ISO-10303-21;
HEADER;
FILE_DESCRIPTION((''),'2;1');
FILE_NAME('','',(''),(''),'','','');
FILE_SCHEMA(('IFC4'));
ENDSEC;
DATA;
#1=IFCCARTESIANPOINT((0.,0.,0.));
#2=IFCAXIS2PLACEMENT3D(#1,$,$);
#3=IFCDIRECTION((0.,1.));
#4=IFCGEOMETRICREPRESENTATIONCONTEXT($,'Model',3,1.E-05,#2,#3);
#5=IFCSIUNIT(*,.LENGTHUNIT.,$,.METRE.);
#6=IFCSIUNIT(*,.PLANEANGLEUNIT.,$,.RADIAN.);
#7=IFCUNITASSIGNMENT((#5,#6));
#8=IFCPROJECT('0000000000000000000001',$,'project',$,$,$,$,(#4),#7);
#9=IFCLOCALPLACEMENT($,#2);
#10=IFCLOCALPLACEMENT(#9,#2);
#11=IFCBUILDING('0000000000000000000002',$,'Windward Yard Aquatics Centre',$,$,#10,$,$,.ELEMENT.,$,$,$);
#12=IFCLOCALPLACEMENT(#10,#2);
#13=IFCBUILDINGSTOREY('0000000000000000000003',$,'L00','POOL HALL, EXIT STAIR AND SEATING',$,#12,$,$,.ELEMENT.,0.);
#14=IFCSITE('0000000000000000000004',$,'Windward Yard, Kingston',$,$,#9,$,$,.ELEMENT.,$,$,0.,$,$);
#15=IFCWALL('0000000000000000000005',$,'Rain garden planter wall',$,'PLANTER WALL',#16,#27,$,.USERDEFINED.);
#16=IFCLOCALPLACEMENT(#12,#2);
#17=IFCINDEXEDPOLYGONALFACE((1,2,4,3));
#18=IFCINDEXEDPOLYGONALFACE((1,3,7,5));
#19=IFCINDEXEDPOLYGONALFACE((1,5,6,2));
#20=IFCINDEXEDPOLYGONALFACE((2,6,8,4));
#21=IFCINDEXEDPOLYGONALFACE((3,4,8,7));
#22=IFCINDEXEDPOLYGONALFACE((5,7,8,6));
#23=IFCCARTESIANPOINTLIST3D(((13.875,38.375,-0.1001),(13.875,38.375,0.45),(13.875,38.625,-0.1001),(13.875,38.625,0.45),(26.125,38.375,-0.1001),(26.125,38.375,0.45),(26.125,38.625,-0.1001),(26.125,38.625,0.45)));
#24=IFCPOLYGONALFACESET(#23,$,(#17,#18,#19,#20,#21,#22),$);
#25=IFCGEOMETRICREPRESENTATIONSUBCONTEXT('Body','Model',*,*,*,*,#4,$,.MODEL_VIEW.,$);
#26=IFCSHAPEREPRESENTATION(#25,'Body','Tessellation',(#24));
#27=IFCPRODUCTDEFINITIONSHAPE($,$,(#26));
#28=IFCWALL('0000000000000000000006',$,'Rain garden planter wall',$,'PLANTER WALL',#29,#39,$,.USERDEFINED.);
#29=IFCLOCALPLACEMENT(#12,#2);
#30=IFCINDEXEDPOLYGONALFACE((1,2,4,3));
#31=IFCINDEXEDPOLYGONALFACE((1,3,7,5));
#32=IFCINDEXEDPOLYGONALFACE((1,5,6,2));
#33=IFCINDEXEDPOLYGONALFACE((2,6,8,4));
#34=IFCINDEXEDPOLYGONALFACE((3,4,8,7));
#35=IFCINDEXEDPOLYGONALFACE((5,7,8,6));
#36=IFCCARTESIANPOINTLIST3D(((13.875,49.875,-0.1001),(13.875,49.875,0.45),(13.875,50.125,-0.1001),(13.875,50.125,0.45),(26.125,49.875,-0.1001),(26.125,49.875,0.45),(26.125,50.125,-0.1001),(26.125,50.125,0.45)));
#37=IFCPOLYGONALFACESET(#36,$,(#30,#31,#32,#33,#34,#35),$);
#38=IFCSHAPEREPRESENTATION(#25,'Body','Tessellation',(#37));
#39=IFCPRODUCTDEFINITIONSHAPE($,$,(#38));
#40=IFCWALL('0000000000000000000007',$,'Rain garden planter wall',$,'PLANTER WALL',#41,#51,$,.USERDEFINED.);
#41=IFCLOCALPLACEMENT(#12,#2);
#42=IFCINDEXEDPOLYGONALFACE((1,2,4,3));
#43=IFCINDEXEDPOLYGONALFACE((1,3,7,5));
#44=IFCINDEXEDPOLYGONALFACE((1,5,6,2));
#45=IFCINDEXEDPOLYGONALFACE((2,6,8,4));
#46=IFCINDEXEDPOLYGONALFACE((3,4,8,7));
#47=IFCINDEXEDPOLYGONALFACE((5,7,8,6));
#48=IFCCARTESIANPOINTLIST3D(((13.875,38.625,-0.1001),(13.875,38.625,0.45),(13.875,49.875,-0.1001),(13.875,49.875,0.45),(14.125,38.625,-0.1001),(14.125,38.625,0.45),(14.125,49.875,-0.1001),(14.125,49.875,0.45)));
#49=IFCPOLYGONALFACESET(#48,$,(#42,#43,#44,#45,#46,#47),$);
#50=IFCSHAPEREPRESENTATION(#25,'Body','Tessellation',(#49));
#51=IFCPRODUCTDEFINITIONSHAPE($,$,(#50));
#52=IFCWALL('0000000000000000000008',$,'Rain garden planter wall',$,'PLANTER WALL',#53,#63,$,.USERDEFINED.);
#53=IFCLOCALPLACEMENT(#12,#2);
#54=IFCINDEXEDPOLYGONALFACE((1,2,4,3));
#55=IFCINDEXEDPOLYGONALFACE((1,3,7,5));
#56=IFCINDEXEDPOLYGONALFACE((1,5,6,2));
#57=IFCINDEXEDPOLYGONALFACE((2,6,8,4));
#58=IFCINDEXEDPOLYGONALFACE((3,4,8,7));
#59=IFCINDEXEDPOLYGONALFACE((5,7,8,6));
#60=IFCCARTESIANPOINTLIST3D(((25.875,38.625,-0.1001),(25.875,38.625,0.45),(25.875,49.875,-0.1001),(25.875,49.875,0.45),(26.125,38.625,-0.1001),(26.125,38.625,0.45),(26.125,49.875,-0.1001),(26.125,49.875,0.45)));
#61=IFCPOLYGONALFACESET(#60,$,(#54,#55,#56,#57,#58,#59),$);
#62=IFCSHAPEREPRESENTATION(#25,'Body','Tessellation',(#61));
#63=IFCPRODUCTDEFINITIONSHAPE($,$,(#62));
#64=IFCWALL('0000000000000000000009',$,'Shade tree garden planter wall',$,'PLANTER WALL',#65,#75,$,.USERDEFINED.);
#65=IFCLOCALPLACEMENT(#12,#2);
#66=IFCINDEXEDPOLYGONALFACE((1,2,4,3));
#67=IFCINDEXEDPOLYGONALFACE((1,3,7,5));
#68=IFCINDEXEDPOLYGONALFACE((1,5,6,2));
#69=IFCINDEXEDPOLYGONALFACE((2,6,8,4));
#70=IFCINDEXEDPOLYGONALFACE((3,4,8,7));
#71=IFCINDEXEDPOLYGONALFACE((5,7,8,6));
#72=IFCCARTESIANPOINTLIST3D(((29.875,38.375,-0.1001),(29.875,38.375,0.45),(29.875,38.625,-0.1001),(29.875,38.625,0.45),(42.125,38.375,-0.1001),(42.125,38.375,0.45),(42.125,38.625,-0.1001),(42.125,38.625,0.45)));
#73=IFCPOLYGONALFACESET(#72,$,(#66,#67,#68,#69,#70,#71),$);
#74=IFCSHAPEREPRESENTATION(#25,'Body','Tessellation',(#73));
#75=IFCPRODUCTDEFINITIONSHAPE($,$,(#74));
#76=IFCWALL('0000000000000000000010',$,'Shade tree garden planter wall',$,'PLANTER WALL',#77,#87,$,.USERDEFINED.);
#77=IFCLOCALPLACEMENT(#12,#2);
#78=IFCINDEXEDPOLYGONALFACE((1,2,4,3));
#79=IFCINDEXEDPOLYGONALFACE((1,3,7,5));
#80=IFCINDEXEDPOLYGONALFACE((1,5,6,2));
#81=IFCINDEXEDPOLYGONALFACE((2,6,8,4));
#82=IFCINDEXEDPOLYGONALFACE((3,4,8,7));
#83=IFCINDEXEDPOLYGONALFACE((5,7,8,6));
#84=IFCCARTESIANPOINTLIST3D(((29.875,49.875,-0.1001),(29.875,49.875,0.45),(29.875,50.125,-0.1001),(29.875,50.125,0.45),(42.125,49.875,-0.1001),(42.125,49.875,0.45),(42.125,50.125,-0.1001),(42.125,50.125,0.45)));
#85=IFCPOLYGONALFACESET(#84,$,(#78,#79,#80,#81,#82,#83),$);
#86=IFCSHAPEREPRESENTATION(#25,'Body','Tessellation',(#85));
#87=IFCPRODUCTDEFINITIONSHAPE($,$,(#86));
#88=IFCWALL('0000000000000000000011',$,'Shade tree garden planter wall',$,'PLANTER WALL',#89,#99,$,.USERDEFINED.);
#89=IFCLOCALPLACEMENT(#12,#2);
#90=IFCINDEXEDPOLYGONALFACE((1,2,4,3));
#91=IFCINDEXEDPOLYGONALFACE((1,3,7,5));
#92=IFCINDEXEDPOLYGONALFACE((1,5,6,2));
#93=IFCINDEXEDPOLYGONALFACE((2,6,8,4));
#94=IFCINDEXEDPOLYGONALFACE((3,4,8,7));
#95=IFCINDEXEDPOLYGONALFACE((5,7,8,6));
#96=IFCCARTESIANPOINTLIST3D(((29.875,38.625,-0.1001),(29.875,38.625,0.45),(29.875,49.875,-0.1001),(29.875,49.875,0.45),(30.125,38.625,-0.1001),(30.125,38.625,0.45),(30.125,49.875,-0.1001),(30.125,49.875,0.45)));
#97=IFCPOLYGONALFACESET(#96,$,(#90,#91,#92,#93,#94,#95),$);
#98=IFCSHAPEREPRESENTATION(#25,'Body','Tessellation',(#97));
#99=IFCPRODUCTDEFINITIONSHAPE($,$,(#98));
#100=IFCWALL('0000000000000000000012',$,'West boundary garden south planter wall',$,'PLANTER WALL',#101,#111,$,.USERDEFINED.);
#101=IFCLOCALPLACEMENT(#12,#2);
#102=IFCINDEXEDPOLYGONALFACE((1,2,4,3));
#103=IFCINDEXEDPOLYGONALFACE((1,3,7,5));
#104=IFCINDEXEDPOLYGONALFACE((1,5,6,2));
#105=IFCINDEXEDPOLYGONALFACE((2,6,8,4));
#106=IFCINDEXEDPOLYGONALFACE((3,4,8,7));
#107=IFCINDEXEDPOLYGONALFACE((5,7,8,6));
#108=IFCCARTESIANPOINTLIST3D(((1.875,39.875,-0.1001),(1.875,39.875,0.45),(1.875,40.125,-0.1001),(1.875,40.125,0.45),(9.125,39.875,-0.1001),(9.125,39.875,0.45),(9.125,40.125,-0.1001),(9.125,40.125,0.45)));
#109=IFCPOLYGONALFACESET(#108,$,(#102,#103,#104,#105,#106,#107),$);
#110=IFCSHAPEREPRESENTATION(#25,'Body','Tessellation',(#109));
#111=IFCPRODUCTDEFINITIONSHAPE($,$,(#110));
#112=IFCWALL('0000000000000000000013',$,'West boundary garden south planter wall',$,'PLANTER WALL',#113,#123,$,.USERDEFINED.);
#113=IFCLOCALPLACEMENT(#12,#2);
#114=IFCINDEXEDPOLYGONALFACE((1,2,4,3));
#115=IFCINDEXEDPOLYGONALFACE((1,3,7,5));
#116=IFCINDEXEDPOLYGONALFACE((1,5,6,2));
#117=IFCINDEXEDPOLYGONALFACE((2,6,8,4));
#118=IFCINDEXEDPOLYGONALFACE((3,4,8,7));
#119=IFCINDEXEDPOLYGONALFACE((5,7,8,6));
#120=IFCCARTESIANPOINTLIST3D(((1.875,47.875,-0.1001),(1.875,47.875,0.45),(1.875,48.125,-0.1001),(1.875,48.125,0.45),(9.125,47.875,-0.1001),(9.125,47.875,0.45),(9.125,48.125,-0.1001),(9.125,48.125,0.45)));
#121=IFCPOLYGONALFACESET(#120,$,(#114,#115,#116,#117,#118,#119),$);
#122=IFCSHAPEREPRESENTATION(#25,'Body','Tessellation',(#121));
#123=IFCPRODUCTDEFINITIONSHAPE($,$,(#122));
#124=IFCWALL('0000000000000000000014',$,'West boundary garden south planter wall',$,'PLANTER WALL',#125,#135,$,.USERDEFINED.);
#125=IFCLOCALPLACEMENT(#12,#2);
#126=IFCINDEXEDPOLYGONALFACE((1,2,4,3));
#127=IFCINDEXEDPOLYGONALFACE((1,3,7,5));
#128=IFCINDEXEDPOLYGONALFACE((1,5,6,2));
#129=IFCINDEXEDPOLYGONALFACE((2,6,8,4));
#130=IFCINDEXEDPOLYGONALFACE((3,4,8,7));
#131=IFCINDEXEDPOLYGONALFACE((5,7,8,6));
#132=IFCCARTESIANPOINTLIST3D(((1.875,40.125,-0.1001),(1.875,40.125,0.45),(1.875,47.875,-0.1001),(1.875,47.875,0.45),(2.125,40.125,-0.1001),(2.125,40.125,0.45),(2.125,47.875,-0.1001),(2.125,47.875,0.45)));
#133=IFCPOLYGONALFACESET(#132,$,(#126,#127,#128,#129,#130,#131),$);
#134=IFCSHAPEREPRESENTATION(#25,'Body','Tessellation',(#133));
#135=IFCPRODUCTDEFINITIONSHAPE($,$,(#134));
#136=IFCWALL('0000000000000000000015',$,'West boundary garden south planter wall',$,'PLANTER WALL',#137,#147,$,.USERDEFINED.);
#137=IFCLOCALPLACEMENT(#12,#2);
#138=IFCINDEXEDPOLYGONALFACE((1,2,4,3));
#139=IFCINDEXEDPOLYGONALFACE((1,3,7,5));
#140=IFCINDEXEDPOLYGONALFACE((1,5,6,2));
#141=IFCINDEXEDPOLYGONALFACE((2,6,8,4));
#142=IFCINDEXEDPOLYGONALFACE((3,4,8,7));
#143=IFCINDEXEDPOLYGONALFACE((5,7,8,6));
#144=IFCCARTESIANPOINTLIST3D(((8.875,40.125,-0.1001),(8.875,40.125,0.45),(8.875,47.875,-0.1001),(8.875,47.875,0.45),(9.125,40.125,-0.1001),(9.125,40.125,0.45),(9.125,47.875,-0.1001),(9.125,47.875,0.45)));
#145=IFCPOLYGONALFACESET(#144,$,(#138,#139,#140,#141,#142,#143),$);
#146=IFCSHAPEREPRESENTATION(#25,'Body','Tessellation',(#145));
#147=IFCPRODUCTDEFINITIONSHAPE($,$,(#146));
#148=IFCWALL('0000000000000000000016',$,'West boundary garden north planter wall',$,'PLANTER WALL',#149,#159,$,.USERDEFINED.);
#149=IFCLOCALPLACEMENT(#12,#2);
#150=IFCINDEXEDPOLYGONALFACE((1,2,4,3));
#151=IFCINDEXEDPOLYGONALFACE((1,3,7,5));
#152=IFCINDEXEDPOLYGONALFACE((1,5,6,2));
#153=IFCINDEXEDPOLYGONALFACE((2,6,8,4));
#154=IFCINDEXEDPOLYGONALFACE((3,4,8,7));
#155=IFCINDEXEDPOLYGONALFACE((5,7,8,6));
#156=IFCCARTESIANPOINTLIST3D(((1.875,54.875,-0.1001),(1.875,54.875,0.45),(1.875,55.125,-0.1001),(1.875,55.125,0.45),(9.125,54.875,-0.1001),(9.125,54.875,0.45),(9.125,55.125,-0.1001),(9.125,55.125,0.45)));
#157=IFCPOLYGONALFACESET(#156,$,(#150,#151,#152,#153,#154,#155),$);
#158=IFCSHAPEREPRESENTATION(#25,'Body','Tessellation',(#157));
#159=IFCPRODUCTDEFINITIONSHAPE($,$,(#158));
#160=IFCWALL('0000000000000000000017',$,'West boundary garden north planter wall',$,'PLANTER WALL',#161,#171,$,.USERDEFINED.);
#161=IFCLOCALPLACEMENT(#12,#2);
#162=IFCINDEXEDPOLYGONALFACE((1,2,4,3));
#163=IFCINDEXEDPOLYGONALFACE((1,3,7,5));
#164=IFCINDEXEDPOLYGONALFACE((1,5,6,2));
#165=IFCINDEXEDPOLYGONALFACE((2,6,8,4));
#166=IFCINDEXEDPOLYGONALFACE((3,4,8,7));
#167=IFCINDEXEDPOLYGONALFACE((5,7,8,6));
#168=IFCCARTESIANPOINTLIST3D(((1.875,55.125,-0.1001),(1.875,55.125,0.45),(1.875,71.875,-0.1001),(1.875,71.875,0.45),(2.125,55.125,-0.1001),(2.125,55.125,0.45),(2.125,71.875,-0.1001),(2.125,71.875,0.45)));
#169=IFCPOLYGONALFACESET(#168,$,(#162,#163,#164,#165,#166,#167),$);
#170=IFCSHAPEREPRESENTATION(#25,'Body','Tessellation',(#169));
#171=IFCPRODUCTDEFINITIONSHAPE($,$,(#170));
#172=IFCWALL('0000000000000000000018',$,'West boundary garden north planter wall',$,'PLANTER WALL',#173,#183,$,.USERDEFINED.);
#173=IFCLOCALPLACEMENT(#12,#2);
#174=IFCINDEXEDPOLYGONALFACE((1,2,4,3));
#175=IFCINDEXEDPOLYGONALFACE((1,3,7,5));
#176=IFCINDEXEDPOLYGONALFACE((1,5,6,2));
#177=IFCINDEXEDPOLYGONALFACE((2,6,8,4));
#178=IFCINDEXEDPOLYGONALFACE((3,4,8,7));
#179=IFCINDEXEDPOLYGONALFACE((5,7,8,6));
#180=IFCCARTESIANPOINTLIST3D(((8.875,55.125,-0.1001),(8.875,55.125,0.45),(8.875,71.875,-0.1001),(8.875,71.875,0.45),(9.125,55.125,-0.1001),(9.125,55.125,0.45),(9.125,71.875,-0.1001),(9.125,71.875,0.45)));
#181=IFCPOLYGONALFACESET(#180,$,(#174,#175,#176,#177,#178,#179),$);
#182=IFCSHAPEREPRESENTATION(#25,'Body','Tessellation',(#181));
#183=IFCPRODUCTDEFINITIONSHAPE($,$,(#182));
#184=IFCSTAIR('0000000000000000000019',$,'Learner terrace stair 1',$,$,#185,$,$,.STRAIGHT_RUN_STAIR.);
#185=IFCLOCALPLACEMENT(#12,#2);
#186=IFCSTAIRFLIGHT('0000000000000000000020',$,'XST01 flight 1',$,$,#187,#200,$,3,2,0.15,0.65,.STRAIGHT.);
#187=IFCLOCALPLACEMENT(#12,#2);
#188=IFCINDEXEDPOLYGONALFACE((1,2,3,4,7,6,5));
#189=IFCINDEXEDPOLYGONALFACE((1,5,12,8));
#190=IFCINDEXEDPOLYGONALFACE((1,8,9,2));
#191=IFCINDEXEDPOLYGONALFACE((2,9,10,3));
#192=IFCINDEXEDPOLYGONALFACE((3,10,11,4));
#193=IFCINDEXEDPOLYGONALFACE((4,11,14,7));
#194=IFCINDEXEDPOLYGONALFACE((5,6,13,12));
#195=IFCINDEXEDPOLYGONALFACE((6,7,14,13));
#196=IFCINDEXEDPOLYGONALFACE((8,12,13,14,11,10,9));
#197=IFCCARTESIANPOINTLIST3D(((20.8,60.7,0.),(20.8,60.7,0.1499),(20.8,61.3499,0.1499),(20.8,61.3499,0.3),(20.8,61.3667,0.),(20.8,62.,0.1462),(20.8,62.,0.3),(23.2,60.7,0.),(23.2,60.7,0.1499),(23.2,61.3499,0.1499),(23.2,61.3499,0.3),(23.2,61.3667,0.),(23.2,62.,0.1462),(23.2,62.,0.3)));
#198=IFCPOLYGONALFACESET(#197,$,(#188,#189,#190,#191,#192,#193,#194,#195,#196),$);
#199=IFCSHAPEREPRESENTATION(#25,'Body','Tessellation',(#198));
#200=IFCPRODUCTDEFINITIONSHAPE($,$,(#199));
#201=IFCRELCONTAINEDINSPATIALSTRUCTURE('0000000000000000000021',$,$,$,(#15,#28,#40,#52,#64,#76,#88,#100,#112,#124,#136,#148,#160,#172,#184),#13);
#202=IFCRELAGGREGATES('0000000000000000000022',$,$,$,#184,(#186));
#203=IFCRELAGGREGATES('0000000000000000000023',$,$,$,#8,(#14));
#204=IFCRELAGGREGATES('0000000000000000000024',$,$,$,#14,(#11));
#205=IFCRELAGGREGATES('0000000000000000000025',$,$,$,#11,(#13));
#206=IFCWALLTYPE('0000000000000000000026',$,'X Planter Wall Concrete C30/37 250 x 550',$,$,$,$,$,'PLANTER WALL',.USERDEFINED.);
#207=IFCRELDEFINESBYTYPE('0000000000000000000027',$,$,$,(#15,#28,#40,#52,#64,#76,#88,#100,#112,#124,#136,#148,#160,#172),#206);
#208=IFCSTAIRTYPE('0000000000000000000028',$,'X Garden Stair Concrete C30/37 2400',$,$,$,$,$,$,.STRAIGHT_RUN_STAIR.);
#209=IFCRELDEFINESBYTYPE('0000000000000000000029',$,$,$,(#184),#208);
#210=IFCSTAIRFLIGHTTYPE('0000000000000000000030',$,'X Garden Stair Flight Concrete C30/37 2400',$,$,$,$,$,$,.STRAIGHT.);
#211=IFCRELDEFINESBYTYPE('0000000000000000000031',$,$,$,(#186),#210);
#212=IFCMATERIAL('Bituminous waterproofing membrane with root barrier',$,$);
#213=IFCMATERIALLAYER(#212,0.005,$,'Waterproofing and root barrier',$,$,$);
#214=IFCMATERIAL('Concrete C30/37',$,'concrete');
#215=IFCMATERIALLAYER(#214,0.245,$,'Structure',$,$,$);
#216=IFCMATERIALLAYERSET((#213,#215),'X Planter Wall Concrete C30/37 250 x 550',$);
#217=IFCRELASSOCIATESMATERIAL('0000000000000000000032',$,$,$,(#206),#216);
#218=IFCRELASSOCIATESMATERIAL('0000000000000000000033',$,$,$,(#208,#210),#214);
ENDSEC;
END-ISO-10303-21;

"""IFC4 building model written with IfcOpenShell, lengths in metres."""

from ifc_helpers import new_model, si_unit, direction, frame, frame_2d, origin, place, context, subcontext, project, spatial, polyline, rectangle, outline, extrude, material, layer, layer_set, type_object, element, aggregate, save


model = new_model("IFC4")

# Units and contexts
model_context = context("Model", 3, precision=1e-05, world=origin(), true_north=direction((0.0, 1.0)))
body_context = subcontext(model_context, "Body", "Model", "MODEL_VIEW")
ifc_project = project(units=[si_unit("LENGTHUNIT", "METRE"), si_unit("PLANEANGLEUNIT", "RADIAN")], contexts=[model_context])

# Site, building, storey
site_placement = place(None, origin())
site = spatial("IfcSite", under=ifc_project, at=site_placement, Name="Windward Yard, Kingston", CompositionType="ELEMENT", RefElevation=0.0)
building_placement = place(site_placement, origin())
building = spatial("IfcBuilding", under=site, at=building_placement, Name="Windward Yard Aquatics Centre", CompositionType="ELEMENT")
storey_placement = place(building_placement, origin())
storey = spatial("IfcBuildingStorey", under=building, at=storey_placement, Name="L00", Description="POOL HALL, EXIT STAIR AND SEATING", CompositionType="ELEMENT", Elevation=0.0)

# Shared definitions
ifc_material_1 = material(Name="Concrete C30/37", Category="concrete")

# Walls
ifc_material_2 = material(Name="Bituminous waterproofing membrane with root barrier")
ifc_layer_1 = layer(ifc_material_2, 0.005, Name="Waterproofing and root barrier")
ifc_layer_2 = layer(ifc_material_1, 0.245, Name="Structure")
ifc_layer_set_1 = layer_set([ifc_layer_1, ifc_layer_2], Name="X Planter Wall Concrete C30/37 250 x 550")
wall_type_1 = type_object("IfcWallType", Name="X Planter Wall Concrete C30/37 250 x 550", ElementType="PLANTER WALL", PredefinedType="USERDEFINED", material=ifc_layer_set_1)
for number, where, z_axis, x_axis, name in (
    (1, (13.875, 38.5, -0.1001), (0.0, 0.0, 1.0), (1.0, 0.0, 0.0), "Rain garden planter wall"),
    (2, (13.875, 50.0, -0.1001), (0.0, 0.0, 1.0), (1.0, 0.0, 0.0), "Rain garden planter wall"),
):
    element("IfcWall", number, at=place(storey_placement, frame(where, z_axis=z_axis, x_axis=x_axis)), inside=storey, type_object=wall_type_1, Name=name, ObjectType="PLANTER WALL", PredefinedType="USERDEFINED", context=body_context, shape_type="SweptSolid", body=[
        extrude(rectangle(XDim=12.25, YDim=0.25, at=frame_2d((6.125, 0.0))), origin(), (0.0, 0.0, 1.0), 0.55),
    ])
for number, where, z_axis, x_axis, name in (
    (3, (14.0, 38.625, -0.1001), (0.0, 0.0, 1.0), (0.0, 1.0, 0.0), "Rain garden planter wall"),
    (4, (26.0, 38.625, -0.1001), (0.0, 0.0, 1.0), (0.0, 1.0, 0.0), "Rain garden planter wall"),
):
    element("IfcWall", number, at=place(storey_placement, frame(where, z_axis=z_axis, x_axis=x_axis)), inside=storey, type_object=wall_type_1, Name=name, ObjectType="PLANTER WALL", PredefinedType="USERDEFINED", context=body_context, shape_type="SweptSolid", body=[
        extrude(rectangle(XDim=11.25, YDim=0.25, at=frame_2d((5.625, 0.0))), origin(), (0.0, 0.0, 1.0), 0.55),
    ])
for number, where, z_axis, x_axis, name in (
    (5, (29.875, 38.5, -0.1001), (0.0, 0.0, 1.0), (1.0, 0.0, 0.0), "Shade tree garden planter wall"),
    (6, (29.875, 50.0, -0.1001), (0.0, 0.0, 1.0), (1.0, 0.0, 0.0), "Shade tree garden planter wall"),
):
    element("IfcWall", number, at=place(storey_placement, frame(where, z_axis=z_axis, x_axis=x_axis)), inside=storey, type_object=wall_type_1, Name=name, ObjectType="PLANTER WALL", PredefinedType="USERDEFINED", context=body_context, shape_type="SweptSolid", body=[
        extrude(rectangle(XDim=12.25, YDim=0.25, at=frame_2d((6.125, 0.0))), origin(), (0.0, 0.0, 1.0), 0.55),
    ])
wall_1_placement = place(storey_placement, frame((30.0, 38.625, -0.1001), z_axis=(0.0, 0.0, 1.0), x_axis=(0.0, 1.0, 0.0)))
element("IfcWall", 7, at=wall_1_placement, inside=storey, type_object=wall_type_1, Name="Shade tree garden planter wall", ObjectType="PLANTER WALL", PredefinedType="USERDEFINED", context=body_context, shape_type="SweptSolid", body=[
    extrude(rectangle(XDim=11.25, YDim=0.25, at=frame_2d((5.625, 0.0))), origin(), (0.0, 0.0, 1.0), 0.55),
])
for number, where, z_axis, x_axis, name in (
    (8, (1.875, 40.0, -0.1001), (0.0, 0.0, 1.0), (1.0, 0.0, 0.0), "West boundary garden south planter wall"),
    (9, (1.875, 48.0, -0.1001), (0.0, 0.0, 1.0), (1.0, 0.0, 0.0), "West boundary garden south planter wall"),
):
    element("IfcWall", number, at=place(storey_placement, frame(where, z_axis=z_axis, x_axis=x_axis)), inside=storey, type_object=wall_type_1, Name=name, ObjectType="PLANTER WALL", PredefinedType="USERDEFINED", context=body_context, shape_type="SweptSolid", body=[
        extrude(rectangle(XDim=7.25, YDim=0.25, at=frame_2d((3.625, 0.0))), origin(), (0.0, 0.0, 1.0), 0.55),
    ])
for number, where, z_axis, x_axis, name in (
    (10, (2.0, 40.125, -0.1001), (0.0, 0.0, 1.0), (0.0, 1.0, 0.0), "West boundary garden south planter wall"),
    (11, (9.0, 40.125, -0.1001), (0.0, 0.0, 1.0), (0.0, 1.0, 0.0), "West boundary garden south planter wall"),
):
    element("IfcWall", number, at=place(storey_placement, frame(where, z_axis=z_axis, x_axis=x_axis)), inside=storey, type_object=wall_type_1, Name=name, ObjectType="PLANTER WALL", PredefinedType="USERDEFINED", context=body_context, shape_type="SweptSolid", body=[
        extrude(rectangle(XDim=7.75, YDim=0.25, at=frame_2d((3.875, 0.0))), origin(), (0.0, 0.0, 1.0), 0.55),
    ])
wall_2_placement = place(storey_placement, frame((1.875, 55.0, -0.1001), z_axis=(0.0, 0.0, 1.0), x_axis=(1.0, 0.0, 0.0)))
element("IfcWall", 12, at=wall_2_placement, inside=storey, type_object=wall_type_1, Name="West boundary garden north planter wall", ObjectType="PLANTER WALL", PredefinedType="USERDEFINED", context=body_context, shape_type="SweptSolid", body=[
    extrude(rectangle(XDim=7.25, YDim=0.25, at=frame_2d((3.625, 0.0))), origin(), (0.0, 0.0, 1.0), 0.55),
])
for number, where, z_axis, x_axis, name in (
    (13, (2.0, 55.125, -0.1001), (0.0, 0.0, 1.0), (0.0, 1.0, 0.0), "West boundary garden north planter wall"),
    (14, (9.0, 55.125, -0.1001), (0.0, 0.0, 1.0), (0.0, 1.0, 0.0), "West boundary garden north planter wall"),
):
    element("IfcWall", number, at=place(storey_placement, frame(where, z_axis=z_axis, x_axis=x_axis)), inside=storey, type_object=wall_type_1, Name=name, ObjectType="PLANTER WALL", PredefinedType="USERDEFINED", context=body_context, shape_type="SweptSolid", body=[
        extrude(rectangle(XDim=16.75, YDim=0.25, at=frame_2d((8.375, 0.0))), origin(), (0.0, 0.0, 1.0), 0.55),
    ])

# Stair, stair flight
stair_type = type_object("IfcStairType", Name="X Garden Stair Concrete C30/37 2400", PredefinedType="STRAIGHT_RUN_STAIR", material=ifc_material_1)
stair_1_placement = place(storey_placement, origin())
stair_1 = element("IfcStair", 15, at=stair_1_placement, inside=storey, type_object=stair_type, Name="Learner terrace stair 1", PredefinedType="STRAIGHT_RUN_STAIR")
stair_flight_type = type_object("IfcStairFlightType", Name="X Garden Stair Flight Concrete C30/37 2400", PredefinedType="STRAIGHT", material=ifc_material_1)
stair_flight_1_placement = place(storey_placement, frame((22.0, 60.7, 0.0), z_axis=(0.0, 0.0, 1.0), x_axis=(0.0, 1.0, 0.0)))
stair_flight_1 = element("IfcStairFlight", 16, at=stair_flight_1_placement, type_object=stair_flight_type, Name="XST01 flight 1", NumberOfRisers=3, NumberOfTreads=2, PredefinedType="STRAIGHT", RiserHeight=0.15, TreadLength=0.65, context=body_context, shape_type="SweptSolid", body=[
    extrude(outline(polyline([(0.0, 0.0), (0.0, 0.1499), (0.6499, 0.1499), (0.6499, 0.3), (1.3, 0.3), (1.3, 0.45), (1.3, 0.1462), (0.6667, 0.0), (0.0, 0.0)])), frame((0.0, 1.2, 0.0), z_axis=(0.0, -1.0, 0.0), x_axis=(1.0, 0.0, 0.0)), (0.0, 0.0, 1.0), 2.3999),
])
aggregate(stair_1, [stair_flight_1])

save(model, "model.ifc")
